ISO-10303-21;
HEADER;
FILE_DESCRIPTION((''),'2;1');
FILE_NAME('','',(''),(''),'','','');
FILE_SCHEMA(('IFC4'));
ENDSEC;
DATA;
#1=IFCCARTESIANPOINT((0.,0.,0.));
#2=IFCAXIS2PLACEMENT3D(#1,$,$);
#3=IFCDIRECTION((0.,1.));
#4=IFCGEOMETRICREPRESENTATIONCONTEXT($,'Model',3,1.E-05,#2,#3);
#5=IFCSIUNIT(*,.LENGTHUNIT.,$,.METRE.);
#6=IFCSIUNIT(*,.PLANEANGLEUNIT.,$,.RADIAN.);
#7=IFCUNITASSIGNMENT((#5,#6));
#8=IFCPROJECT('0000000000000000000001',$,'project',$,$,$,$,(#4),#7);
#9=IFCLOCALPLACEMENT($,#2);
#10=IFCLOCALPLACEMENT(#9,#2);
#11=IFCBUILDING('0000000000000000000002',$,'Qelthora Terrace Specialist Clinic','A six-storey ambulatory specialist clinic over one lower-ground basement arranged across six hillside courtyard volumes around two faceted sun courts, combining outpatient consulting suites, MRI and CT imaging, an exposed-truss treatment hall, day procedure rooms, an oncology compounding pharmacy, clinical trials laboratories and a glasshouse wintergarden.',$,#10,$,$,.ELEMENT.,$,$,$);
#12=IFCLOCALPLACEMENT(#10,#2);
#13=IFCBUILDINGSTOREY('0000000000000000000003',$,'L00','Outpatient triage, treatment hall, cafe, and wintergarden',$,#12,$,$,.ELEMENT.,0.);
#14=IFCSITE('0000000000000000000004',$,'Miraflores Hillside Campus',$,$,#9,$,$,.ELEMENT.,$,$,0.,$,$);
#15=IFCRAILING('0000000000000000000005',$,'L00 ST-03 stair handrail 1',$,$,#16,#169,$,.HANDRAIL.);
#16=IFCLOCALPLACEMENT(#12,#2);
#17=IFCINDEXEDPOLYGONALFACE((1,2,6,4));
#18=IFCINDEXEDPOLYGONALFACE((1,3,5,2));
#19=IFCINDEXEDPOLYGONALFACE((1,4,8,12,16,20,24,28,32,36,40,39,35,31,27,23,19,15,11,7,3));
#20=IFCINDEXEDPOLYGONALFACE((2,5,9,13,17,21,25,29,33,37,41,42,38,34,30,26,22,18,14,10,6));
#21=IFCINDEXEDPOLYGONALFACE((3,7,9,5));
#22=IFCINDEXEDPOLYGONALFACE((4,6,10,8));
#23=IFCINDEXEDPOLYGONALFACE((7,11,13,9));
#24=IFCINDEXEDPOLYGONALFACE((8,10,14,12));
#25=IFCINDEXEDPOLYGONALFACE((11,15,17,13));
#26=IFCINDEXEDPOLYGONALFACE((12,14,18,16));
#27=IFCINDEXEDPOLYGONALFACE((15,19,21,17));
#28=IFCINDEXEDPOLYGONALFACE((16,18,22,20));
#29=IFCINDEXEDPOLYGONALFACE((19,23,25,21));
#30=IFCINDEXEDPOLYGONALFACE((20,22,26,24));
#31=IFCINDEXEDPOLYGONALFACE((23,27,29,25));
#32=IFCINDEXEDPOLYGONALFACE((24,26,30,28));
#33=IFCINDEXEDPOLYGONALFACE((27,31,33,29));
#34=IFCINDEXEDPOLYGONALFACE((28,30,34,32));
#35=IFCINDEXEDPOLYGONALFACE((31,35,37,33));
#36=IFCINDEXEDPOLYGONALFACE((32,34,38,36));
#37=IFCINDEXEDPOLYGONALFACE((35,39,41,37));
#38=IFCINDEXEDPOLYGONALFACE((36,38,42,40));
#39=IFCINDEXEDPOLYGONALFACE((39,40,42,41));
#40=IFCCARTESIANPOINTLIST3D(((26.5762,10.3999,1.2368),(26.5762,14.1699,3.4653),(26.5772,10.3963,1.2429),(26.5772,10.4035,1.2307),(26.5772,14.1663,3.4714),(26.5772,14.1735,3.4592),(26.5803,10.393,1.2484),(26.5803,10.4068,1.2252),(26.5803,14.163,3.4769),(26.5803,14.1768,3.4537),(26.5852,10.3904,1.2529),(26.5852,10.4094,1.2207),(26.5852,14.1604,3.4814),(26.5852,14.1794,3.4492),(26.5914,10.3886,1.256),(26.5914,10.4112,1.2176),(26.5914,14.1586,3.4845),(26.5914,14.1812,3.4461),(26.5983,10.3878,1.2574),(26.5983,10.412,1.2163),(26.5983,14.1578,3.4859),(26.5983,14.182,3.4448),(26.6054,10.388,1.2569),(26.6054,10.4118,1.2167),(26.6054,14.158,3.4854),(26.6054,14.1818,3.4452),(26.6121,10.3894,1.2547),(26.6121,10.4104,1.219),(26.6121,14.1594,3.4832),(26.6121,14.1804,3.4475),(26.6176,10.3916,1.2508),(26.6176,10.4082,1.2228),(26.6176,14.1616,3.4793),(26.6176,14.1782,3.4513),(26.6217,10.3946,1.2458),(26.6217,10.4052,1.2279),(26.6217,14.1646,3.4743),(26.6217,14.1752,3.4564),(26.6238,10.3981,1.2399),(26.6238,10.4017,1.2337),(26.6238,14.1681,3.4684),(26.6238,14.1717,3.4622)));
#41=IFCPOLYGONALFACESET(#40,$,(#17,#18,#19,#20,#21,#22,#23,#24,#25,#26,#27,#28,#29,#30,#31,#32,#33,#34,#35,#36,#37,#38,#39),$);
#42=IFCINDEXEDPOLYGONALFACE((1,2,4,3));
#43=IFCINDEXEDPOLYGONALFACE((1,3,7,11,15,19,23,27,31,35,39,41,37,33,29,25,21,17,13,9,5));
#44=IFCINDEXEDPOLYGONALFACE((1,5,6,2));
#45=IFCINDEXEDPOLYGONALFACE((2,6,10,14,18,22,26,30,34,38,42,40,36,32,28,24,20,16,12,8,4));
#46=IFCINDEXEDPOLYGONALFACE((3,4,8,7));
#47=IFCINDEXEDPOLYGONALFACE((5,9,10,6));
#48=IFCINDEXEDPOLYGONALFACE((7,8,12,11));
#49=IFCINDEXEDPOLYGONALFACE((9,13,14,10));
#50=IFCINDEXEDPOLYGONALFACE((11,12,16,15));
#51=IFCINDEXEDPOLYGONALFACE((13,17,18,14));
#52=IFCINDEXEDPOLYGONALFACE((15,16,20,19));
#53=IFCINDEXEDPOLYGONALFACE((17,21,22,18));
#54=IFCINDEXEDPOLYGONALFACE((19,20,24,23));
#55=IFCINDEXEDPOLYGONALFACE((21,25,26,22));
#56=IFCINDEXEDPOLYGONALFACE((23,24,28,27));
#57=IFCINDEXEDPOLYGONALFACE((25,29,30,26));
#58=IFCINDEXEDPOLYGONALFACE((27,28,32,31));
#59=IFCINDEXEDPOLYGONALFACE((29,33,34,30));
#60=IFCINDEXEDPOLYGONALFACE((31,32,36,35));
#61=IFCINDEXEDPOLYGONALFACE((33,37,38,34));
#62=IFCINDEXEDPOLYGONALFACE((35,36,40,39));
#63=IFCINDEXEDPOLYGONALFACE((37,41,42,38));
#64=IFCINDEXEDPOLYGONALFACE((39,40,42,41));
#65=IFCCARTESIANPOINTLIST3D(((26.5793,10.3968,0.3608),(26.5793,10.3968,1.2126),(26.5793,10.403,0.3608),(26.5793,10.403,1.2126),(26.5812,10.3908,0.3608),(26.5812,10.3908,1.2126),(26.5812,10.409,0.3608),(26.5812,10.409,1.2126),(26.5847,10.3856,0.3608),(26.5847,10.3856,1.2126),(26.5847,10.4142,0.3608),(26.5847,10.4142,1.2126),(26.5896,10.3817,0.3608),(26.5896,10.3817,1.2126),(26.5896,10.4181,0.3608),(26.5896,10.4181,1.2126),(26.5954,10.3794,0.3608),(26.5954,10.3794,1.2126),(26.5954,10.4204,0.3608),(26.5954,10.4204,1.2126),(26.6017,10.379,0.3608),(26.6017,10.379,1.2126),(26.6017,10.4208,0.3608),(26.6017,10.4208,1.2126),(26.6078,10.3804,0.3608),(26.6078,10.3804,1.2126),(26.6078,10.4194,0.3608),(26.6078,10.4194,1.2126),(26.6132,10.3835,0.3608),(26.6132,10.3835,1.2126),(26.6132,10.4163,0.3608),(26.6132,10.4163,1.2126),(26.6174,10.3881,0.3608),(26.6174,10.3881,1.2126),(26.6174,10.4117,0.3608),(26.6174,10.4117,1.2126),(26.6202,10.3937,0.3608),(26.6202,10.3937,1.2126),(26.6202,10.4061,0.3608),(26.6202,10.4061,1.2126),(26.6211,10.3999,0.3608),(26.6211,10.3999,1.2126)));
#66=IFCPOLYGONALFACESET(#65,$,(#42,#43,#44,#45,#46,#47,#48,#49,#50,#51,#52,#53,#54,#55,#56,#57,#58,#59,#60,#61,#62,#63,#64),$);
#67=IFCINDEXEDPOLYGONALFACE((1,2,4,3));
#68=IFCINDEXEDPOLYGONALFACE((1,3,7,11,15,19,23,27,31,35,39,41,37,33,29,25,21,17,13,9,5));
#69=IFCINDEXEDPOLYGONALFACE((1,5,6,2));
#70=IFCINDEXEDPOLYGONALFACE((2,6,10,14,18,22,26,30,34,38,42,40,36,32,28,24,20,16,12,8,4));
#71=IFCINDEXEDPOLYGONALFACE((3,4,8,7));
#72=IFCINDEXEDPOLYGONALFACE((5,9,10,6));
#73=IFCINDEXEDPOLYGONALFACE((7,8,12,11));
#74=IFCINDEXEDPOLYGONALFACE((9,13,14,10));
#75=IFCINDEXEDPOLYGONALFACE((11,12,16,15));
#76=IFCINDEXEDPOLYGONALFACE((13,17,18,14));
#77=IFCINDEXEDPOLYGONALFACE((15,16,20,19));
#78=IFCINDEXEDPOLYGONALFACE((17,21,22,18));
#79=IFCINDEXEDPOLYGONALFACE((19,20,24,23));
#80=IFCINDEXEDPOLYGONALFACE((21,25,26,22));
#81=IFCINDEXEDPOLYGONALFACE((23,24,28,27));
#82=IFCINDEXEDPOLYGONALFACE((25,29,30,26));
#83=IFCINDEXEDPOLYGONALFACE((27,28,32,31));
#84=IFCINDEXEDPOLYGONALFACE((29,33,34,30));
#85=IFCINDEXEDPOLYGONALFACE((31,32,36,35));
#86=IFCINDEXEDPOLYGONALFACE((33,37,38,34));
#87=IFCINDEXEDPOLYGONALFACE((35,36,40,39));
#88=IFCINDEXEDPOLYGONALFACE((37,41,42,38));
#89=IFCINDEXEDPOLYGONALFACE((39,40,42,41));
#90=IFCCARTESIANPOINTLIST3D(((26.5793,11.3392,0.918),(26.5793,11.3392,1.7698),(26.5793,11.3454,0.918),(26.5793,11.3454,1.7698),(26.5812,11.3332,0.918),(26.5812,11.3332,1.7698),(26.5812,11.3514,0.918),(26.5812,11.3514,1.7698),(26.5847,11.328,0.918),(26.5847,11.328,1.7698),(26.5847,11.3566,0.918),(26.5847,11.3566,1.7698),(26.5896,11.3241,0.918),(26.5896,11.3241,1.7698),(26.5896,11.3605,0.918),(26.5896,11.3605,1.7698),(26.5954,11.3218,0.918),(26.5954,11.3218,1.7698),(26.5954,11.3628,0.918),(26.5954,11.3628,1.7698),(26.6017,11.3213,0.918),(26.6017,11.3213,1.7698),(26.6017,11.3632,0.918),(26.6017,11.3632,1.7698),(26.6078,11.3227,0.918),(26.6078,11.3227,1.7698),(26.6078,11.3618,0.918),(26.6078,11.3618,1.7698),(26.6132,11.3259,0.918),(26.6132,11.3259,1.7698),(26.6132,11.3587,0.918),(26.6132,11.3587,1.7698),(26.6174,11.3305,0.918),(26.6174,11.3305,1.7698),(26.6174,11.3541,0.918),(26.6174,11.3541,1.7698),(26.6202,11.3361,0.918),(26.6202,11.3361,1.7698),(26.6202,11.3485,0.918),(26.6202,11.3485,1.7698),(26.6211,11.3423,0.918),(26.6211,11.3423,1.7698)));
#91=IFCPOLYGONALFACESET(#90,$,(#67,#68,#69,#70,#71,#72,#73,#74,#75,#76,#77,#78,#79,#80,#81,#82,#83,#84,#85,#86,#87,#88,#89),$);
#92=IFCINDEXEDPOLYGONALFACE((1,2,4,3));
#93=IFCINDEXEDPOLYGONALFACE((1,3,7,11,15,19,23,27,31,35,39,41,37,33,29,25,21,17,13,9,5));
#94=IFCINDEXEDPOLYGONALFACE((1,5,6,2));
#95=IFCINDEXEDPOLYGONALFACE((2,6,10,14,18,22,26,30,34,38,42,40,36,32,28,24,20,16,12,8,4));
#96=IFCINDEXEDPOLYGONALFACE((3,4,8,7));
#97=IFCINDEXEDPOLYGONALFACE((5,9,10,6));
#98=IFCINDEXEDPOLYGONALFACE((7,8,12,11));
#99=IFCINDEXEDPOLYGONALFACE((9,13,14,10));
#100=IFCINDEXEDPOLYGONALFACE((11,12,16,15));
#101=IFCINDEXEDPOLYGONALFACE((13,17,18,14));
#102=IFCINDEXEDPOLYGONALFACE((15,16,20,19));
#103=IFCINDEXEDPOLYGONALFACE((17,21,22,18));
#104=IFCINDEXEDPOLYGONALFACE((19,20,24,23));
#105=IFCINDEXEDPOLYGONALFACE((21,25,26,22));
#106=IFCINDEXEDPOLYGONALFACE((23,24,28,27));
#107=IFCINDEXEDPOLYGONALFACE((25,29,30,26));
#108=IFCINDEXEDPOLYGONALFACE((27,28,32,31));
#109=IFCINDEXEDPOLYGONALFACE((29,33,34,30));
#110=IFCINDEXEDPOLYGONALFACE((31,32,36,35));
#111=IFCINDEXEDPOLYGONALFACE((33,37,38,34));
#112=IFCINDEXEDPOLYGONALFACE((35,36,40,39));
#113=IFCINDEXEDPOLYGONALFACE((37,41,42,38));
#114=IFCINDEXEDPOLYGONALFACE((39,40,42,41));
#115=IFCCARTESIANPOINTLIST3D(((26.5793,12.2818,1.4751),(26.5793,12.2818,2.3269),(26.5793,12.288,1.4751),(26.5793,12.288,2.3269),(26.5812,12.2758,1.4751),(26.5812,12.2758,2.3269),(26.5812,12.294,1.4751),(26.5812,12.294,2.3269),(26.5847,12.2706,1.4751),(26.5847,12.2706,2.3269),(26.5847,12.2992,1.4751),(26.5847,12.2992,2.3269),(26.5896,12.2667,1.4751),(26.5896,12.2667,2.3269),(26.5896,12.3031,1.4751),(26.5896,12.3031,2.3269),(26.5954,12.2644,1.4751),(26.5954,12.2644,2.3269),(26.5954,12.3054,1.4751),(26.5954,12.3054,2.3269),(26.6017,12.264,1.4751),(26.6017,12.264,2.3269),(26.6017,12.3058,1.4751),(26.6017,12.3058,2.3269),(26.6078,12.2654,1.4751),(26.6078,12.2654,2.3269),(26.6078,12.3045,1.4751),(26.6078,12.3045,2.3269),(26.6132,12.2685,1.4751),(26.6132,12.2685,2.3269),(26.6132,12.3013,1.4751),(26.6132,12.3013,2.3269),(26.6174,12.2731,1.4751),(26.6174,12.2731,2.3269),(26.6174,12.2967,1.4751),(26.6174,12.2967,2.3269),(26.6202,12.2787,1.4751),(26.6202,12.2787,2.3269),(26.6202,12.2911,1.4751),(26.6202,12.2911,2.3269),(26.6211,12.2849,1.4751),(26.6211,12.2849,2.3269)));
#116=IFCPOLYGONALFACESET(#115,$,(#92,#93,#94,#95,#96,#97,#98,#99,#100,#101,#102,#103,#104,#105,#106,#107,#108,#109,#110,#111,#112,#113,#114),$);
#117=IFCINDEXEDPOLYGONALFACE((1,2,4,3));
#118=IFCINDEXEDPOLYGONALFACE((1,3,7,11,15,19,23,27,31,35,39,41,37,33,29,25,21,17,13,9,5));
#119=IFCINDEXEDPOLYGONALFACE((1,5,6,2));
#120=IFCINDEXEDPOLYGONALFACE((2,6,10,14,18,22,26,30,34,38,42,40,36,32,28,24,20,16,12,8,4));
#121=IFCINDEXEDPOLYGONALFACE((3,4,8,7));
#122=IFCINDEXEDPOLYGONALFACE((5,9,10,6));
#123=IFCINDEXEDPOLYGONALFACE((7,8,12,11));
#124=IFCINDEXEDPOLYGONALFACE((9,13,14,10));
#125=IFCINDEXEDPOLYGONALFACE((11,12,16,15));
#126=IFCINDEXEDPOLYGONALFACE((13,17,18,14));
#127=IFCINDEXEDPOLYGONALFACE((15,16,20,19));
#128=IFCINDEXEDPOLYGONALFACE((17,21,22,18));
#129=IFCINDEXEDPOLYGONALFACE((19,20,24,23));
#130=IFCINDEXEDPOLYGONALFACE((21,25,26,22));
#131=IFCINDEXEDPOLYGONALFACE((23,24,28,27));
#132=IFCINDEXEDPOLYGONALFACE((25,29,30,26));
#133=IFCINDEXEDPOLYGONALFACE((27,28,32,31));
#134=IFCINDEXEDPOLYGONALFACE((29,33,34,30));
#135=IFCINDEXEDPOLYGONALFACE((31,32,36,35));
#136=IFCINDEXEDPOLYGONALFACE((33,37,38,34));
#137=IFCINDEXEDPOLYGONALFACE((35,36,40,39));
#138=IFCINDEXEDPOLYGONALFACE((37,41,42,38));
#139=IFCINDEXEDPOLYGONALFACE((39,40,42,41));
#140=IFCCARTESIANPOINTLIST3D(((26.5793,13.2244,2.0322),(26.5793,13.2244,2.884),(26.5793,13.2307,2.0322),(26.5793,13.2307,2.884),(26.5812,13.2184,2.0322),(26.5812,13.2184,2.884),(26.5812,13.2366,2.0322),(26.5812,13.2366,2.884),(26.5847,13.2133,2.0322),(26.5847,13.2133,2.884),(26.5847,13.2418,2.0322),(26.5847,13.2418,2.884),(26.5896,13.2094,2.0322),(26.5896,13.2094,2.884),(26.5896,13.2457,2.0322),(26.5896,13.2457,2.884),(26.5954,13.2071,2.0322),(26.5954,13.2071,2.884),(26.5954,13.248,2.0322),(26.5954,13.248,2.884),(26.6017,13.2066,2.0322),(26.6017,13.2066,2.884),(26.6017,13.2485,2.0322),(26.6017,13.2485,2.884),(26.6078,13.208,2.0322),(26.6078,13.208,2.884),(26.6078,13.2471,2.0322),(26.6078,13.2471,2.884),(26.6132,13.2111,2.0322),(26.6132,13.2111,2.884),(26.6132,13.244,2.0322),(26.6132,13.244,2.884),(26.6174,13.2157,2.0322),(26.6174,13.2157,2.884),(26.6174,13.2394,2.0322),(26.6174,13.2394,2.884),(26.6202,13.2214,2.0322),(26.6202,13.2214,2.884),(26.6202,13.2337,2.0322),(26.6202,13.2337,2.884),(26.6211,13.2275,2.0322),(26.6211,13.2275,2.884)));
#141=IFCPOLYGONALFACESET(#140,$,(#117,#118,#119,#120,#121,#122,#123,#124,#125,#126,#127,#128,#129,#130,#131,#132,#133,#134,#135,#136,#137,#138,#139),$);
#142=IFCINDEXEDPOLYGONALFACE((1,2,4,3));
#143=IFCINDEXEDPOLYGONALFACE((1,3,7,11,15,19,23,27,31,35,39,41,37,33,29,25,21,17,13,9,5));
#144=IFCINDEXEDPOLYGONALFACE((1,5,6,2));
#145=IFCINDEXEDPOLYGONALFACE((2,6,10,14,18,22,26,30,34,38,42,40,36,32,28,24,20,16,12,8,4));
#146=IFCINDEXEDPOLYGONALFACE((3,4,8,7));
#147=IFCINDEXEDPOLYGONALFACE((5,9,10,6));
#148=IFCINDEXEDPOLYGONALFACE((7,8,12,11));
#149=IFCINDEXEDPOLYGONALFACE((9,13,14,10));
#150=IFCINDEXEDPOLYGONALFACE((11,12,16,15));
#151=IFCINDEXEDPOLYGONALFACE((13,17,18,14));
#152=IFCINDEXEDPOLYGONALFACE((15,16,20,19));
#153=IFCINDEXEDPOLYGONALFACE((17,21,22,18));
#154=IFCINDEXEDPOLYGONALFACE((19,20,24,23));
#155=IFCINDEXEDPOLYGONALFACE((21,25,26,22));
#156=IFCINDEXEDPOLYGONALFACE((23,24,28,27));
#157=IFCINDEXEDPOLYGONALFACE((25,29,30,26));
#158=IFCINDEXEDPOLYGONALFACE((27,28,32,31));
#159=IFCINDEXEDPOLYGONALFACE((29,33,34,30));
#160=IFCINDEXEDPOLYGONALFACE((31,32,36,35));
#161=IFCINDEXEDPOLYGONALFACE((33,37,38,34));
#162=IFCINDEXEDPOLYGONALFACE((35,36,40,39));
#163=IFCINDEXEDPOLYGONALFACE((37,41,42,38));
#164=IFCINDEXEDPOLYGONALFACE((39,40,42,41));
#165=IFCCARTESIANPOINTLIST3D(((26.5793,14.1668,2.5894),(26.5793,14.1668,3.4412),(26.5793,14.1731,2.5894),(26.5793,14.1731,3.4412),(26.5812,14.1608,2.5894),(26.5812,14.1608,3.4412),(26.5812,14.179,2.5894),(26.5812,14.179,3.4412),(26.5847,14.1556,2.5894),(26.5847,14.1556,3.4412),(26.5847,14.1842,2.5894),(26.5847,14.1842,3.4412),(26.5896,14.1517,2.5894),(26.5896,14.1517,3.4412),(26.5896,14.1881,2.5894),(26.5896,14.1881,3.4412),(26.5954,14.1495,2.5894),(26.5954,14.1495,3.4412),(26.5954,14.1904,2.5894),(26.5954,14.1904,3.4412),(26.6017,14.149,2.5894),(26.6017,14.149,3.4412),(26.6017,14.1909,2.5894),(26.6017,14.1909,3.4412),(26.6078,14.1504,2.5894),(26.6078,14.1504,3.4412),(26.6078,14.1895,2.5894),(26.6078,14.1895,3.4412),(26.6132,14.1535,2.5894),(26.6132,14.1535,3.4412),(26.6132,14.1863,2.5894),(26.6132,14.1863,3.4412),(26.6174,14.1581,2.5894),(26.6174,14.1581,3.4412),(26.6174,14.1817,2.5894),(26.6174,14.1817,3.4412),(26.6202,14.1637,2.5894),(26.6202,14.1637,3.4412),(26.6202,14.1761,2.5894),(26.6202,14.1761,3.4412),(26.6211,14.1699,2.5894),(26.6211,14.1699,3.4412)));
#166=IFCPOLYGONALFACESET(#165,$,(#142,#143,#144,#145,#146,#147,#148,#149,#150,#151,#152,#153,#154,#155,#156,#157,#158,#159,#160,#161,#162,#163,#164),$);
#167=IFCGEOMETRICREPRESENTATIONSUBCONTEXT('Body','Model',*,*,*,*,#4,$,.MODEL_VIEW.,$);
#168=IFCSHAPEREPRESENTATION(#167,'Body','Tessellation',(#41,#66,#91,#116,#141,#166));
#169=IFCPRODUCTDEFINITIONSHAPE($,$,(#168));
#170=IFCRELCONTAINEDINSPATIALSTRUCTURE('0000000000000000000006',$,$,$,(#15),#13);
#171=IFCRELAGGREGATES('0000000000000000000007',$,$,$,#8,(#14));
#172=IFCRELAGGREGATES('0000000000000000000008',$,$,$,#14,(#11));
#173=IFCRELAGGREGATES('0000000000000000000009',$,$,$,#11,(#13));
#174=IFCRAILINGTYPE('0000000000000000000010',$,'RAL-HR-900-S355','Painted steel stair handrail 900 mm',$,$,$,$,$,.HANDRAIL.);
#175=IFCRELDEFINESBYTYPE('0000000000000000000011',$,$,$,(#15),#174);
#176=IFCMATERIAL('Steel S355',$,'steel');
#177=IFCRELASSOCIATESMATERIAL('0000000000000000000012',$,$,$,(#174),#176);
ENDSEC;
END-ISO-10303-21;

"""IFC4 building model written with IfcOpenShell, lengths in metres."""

from ifc_helpers import new_model, si_unit, direction, frame, origin, origin_2d, place, context, subcontext, project, spatial, circle, extrude, material, type_object, element, save


model = new_model("IFC4")

# Units and contexts
model_context = context("Model", 3, precision=1e-05, world=origin(), true_north=direction((0.0, 1.0)))
body_context = subcontext(model_context, "Body", "Model", "MODEL_VIEW")
ifc_project = project(units=[si_unit("LENGTHUNIT", "METRE"), si_unit("PLANEANGLEUNIT", "RADIAN")], contexts=[model_context])

# Site, building, storey
site_placement = place(None, origin())
site = spatial("IfcSite", under=ifc_project, at=site_placement, Name="Miraflores Hillside Campus", CompositionType="ELEMENT", RefElevation=0.0)
building_placement = place(site_placement, origin())
building = spatial("IfcBuilding", under=site, at=building_placement, Name="Qelthora Terrace Specialist Clinic", Description="A six-storey ambulatory specialist clinic over one lower-ground basement arranged across six hillside courtyard volumes around two faceted sun courts, combining outpatient consulting suites, MRI and CT imaging, an exposed-truss treatment hall, day procedure rooms, an oncology compounding pharmacy, clinical trials laboratories and a glasshouse wintergarden.", CompositionType="ELEMENT")
storey_placement = place(building_placement, origin())
storey = spatial("IfcBuildingStorey", under=building, at=storey_placement, Name="L00", Description="Outpatient triage, treatment hall, cafe, and wintergarden", CompositionType="ELEMENT", Elevation=0.0)

# Shared definitions
ifc_material_1 = material(Name="Steel S355", Category="steel")

# Railing
railing_type_1 = type_object("IfcRailingType", Name="RAL-HR-900-S355", Description="Painted steel stair handrail 900 mm", PredefinedType="HANDRAIL", material=ifc_material_1)
railing_1_placement = place(storey_placement, frame((26.6001, 10.3999, 0.3608)))
element("IfcRailing", 1, at=railing_1_placement, inside=storey, type_object=railing_type_1, Name="L00 ST-03 stair handrail 1", PredefinedType="HANDRAIL", context=body_context, shape_type="SweptSolid", body=[
    extrude(circle(Radius=0.0239, at=origin_2d()), frame((0.0, 0.0, 0.876), z_axis=(0.0, 0.860849, 0.508861), x_axis=(-1.0, 0.0, 0.0)), (0.0, 0.0, 1.0), 4.3794),
    extrude(circle(Radius=0.021, at=origin_2d()), origin(), (0.0, 0.0, 1.0), 0.8518),
    extrude(circle(Radius=0.021, at=origin_2d()), frame((0.0, 0.9424, 0.5571)), (0.0, 0.0, 1.0), 0.8518),
    extrude(circle(Radius=0.021, at=origin_2d()), frame((0.0, 1.885, 1.1143)), (0.0, 0.0, 1.0), 0.8518),
    extrude(circle(Radius=0.021, at=origin_2d()), frame((0.0, 2.8276, 1.6714)), (0.0, 0.0, 1.0), 0.8518),
    extrude(circle(Radius=0.021, at=origin_2d()), frame((0.0, 3.77, 2.2285)), (0.0, 0.0, 1.0), 0.8518),
])

save(model, "model.ifc")
